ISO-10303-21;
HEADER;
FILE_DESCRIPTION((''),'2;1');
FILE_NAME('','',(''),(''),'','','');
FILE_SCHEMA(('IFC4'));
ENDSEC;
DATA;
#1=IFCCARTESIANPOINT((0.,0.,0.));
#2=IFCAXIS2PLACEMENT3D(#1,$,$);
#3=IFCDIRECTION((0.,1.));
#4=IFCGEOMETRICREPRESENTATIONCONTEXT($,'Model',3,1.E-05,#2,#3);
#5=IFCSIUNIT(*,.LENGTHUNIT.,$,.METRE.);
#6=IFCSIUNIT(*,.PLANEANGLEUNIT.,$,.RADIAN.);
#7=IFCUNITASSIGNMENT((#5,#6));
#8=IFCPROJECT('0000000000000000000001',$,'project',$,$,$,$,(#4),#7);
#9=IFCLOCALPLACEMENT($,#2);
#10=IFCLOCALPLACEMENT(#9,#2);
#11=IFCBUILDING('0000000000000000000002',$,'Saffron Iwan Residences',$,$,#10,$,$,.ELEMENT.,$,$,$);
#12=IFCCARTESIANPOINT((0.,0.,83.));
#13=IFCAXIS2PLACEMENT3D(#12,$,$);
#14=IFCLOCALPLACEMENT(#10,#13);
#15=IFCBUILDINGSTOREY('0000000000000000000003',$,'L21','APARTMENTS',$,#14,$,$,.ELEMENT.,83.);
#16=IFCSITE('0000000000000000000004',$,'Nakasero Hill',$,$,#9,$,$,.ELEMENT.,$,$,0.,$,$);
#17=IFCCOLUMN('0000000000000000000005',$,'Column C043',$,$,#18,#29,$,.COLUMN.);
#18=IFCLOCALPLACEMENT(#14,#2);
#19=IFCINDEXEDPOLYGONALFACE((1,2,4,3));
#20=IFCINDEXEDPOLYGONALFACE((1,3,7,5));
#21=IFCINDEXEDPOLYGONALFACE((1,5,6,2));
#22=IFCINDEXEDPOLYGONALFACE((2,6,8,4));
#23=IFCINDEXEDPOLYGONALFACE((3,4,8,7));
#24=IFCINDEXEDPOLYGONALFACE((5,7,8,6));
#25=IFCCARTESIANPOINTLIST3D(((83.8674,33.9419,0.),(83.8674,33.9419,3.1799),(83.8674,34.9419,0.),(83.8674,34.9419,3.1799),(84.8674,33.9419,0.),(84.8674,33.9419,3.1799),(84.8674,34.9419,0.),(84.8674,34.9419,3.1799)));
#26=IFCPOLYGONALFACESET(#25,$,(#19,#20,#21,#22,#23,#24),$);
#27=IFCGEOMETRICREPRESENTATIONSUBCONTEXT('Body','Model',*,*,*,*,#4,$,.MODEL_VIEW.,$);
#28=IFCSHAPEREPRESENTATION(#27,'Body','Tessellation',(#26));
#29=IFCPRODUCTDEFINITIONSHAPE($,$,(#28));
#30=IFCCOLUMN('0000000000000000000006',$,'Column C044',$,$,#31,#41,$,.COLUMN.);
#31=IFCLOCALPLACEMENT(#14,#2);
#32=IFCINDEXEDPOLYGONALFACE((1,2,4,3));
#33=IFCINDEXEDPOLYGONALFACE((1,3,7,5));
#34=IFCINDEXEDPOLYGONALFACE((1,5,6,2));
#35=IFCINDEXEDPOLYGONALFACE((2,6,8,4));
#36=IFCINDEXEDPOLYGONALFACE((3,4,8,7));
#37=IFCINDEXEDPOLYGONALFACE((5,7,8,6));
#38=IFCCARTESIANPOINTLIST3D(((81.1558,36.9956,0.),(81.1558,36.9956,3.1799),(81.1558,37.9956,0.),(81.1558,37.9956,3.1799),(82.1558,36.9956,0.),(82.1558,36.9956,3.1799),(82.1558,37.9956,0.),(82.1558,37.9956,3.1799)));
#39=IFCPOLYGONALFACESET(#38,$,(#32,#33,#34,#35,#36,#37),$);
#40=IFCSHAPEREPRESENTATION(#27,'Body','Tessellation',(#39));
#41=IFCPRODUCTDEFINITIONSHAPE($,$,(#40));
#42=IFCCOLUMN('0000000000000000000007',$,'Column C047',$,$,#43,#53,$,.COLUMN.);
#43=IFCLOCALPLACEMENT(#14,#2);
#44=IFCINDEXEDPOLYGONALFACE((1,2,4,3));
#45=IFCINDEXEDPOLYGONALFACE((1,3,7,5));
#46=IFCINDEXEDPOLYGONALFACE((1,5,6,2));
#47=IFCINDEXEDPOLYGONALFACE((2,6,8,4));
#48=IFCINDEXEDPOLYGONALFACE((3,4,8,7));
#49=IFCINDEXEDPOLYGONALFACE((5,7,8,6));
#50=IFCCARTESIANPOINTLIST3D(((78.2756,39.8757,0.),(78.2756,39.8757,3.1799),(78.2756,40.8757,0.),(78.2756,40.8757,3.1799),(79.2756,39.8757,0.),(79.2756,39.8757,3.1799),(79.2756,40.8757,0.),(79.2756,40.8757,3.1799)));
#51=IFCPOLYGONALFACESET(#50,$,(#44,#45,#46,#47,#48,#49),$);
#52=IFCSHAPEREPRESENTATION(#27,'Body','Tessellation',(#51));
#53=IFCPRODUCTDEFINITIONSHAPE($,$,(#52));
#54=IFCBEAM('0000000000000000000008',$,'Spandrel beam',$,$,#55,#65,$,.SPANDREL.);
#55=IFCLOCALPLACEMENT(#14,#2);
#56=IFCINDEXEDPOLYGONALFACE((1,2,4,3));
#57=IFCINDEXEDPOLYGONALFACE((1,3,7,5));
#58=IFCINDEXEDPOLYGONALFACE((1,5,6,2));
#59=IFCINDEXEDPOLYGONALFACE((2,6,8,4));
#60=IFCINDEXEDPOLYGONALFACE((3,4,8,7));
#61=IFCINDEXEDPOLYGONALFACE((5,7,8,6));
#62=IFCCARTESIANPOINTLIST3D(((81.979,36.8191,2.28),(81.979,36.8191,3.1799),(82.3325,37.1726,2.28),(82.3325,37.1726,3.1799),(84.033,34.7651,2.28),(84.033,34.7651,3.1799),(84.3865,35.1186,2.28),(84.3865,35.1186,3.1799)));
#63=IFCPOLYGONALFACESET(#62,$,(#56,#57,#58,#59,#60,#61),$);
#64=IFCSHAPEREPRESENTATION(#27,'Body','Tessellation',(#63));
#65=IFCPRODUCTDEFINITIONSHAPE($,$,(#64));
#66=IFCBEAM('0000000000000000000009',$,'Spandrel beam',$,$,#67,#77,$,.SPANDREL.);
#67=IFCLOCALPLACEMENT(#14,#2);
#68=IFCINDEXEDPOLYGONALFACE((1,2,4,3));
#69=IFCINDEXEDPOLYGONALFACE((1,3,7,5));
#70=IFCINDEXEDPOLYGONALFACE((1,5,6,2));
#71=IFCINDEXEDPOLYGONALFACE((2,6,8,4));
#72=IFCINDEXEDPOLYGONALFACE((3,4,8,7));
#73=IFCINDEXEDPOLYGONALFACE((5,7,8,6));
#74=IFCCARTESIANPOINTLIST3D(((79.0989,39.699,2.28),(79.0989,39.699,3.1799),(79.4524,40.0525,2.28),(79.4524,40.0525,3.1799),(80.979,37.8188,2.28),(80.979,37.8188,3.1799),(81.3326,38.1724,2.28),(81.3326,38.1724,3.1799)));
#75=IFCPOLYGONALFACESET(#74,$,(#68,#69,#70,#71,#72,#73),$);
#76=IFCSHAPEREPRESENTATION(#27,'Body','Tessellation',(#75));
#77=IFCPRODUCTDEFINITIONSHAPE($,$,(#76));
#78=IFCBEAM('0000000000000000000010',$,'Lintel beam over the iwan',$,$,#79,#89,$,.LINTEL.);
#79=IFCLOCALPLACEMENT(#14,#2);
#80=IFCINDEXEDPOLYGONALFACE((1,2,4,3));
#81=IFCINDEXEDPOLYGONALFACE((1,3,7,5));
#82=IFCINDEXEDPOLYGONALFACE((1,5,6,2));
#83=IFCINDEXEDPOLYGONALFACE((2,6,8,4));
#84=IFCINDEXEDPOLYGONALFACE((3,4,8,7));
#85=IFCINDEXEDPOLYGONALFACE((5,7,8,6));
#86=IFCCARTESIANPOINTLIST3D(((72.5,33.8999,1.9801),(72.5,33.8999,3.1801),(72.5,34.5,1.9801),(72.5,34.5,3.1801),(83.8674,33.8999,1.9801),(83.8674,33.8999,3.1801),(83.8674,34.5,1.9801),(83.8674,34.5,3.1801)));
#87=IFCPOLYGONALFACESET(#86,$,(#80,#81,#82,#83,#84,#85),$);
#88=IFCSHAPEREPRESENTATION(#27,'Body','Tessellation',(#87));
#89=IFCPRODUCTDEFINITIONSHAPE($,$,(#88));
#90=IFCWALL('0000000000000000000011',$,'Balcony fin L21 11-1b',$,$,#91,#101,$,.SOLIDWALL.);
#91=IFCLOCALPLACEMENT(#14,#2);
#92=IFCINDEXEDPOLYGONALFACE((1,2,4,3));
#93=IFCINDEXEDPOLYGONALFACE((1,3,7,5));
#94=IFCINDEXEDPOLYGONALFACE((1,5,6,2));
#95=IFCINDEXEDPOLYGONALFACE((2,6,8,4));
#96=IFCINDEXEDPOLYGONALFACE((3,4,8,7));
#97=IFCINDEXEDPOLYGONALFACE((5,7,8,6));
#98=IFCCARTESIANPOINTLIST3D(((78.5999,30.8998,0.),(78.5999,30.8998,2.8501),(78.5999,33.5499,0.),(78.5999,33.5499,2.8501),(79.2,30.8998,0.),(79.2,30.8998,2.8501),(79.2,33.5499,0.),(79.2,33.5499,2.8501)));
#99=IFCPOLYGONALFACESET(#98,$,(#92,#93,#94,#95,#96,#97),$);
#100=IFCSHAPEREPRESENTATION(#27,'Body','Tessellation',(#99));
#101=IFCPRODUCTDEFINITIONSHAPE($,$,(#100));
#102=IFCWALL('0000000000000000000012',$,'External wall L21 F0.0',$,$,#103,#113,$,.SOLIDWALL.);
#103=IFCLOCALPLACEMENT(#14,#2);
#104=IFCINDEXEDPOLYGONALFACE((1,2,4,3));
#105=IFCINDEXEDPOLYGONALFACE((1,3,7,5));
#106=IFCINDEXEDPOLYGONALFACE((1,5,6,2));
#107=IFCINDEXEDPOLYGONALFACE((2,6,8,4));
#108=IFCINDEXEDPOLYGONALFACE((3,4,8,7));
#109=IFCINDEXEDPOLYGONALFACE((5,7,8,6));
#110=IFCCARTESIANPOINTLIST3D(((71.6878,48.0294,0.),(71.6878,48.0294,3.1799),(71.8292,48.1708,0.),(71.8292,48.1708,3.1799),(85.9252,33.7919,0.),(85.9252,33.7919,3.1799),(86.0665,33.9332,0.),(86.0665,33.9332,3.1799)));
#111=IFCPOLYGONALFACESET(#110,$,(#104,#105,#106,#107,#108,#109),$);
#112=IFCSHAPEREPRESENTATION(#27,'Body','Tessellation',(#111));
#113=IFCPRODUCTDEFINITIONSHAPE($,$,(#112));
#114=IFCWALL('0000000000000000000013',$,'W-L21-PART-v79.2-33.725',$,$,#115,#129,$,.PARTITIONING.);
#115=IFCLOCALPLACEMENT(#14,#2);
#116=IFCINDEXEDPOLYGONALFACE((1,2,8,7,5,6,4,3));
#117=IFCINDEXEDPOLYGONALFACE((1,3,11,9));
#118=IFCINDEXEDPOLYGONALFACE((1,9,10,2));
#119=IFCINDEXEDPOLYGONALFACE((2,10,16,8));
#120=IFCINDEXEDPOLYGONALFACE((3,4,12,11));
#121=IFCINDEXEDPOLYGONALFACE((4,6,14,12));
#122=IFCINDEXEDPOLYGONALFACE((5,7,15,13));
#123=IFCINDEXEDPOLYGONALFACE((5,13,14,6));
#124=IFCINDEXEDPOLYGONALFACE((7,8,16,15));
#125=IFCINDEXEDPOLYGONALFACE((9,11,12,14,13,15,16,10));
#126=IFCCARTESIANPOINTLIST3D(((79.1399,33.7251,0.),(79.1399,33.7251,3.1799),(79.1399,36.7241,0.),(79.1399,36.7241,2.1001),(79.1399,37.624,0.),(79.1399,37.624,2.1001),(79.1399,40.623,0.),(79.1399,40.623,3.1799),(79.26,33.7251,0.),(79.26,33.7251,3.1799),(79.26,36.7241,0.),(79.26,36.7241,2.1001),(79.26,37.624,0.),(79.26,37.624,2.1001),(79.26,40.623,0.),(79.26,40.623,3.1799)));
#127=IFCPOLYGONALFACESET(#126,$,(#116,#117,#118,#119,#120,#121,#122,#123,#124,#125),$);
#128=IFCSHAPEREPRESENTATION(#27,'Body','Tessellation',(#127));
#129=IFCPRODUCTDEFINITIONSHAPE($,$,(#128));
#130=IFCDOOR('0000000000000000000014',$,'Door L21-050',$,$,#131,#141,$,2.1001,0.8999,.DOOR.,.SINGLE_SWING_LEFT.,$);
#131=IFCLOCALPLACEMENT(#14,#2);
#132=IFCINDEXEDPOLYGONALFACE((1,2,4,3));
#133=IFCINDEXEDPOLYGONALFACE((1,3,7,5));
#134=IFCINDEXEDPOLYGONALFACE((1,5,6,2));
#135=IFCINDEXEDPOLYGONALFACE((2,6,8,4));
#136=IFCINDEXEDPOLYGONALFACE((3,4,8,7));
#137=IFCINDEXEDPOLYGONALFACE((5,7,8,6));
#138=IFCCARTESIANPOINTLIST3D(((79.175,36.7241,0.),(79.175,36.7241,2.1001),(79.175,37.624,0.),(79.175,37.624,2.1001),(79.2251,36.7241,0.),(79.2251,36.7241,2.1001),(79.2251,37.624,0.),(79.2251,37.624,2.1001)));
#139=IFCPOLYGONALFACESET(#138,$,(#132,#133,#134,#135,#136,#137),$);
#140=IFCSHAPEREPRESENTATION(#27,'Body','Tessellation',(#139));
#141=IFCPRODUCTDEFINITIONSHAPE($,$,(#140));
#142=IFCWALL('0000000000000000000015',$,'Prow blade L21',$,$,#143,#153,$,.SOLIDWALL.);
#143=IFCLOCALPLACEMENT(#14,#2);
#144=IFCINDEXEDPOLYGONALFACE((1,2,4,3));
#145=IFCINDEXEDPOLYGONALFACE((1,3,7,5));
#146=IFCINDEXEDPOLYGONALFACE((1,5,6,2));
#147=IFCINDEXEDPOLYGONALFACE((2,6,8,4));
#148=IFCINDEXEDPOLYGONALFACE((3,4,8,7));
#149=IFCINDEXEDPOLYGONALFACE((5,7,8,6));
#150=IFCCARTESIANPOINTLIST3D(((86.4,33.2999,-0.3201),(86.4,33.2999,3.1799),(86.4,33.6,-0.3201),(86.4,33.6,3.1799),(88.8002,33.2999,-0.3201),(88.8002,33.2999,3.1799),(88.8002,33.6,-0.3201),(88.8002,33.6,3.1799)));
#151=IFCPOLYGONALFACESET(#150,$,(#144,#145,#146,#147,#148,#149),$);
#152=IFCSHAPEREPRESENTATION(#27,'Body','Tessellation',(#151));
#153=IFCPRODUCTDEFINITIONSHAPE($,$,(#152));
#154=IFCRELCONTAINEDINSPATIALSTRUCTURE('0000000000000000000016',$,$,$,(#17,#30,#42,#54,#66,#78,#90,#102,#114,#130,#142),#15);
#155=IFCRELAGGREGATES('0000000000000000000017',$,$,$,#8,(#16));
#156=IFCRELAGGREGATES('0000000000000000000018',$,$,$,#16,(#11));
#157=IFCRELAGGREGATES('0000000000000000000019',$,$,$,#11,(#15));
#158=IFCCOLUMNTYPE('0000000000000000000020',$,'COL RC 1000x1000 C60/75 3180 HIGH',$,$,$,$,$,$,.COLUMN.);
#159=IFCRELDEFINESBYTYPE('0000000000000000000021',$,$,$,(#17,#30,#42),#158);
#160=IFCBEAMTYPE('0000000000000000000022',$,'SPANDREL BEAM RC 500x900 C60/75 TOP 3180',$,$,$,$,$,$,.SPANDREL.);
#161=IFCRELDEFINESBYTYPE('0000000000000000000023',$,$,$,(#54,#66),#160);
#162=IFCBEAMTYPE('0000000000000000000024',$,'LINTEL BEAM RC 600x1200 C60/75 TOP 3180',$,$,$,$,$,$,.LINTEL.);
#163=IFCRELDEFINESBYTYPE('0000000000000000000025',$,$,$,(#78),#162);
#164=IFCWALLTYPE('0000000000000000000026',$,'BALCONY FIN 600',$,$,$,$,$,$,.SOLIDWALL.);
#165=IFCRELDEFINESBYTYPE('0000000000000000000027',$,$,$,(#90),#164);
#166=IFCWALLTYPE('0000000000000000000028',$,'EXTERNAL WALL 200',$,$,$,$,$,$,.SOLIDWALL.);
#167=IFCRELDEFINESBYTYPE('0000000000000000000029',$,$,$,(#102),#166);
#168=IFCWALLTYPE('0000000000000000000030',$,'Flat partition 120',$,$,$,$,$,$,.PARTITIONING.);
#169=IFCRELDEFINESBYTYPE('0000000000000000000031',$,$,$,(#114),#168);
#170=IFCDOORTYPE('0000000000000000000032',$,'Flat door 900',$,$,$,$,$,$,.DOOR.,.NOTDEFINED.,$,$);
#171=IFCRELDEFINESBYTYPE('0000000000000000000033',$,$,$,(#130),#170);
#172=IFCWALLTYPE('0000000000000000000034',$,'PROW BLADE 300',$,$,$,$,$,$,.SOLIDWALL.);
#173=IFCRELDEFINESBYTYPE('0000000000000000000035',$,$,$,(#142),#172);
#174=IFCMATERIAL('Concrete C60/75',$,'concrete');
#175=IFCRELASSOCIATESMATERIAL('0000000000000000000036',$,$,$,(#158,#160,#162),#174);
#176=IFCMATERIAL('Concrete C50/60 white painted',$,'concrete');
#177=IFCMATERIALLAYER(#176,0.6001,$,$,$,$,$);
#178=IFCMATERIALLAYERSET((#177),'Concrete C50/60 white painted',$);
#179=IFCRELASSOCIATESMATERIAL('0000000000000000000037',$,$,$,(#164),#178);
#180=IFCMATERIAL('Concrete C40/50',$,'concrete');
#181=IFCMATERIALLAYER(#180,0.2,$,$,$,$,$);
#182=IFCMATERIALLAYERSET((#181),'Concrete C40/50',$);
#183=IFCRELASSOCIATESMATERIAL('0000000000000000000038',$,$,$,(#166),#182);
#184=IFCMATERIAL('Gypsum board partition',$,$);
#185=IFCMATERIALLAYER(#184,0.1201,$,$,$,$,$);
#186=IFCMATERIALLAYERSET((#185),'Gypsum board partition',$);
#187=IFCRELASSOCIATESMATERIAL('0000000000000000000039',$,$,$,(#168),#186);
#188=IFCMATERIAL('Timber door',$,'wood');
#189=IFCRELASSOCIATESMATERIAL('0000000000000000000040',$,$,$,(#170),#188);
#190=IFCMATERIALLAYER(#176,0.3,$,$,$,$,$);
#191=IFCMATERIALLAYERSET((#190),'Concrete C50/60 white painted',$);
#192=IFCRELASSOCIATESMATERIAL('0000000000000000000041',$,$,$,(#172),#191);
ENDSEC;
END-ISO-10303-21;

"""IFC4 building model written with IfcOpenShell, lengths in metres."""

from ifc_helpers import new_model, si_unit, direction, frame, frame_2d, origin, origin_2d, place, context, subcontext, project, spatial, rectangle, extrude, source, transform, mapped, material, layer, layer_set, material_profile, profile_set, type_object, element, fill, save


model = new_model("IFC4")

# Units and contexts
model_context = context("Model", 3, precision=1e-05, world=origin(), true_north=direction((0.0, 1.0)))
body_context = subcontext(model_context, "Body", "Model", "MODEL_VIEW")
ifc_project = project(units=[si_unit("LENGTHUNIT", "METRE"), si_unit("PLANEANGLEUNIT", "RADIAN")], contexts=[model_context])

# Site, building, storey
site_placement = place(None, origin())
site = spatial("IfcSite", under=ifc_project, at=site_placement, Name="Nakasero Hill", CompositionType="ELEMENT", RefElevation=0.0)
building_placement = place(site_placement, origin())
building = spatial("IfcBuilding", under=site, at=building_placement, Name="Saffron Iwan Residences", CompositionType="ELEMENT")
storey_placement = place(building_placement, frame((0.0, 0.0, 83.0)))
storey = spatial("IfcBuildingStorey", under=building, at=storey_placement, Name="L21", Description="APARTMENTS", CompositionType="ELEMENT", Elevation=83.0)

# Columns
ifc_material_1 = material(Name="Concrete C60/75", Category="concrete")
ifc_material_profile_1 = material_profile(ifc_material_1, rectangle(XDim=1.0, YDim=1.0, at=origin_2d()), Name="RC 1000x1000")
ifc_profile_set_1 = profile_set([ifc_material_profile_1], Name="Concrete C60/75")
column_type = type_object("IfcColumnType", Name="COL RC 1000x1000 C60/75 3180 HIGH", PredefinedType="COLUMN", material=ifc_profile_set_1)
shared_shape_1 = source(origin(), body_context, "Body", "SweptSolid", [
    extrude(rectangle(XDim=1.0, YDim=1.0, at=origin_2d()), origin(), (0.0, 0.0, 1.0), 3.1799),
])
for number, where, z_axis, x_axis, name in (
    (1, (84.3674, 34.4419, 0.0), (0.0, 0.0, 1.0), (1.0, 0.0, 0.0), "Column C043"),
    (2, (81.6558, 37.4956, 0.0), (0.0, 0.0, 1.0), (1.0, 0.0, 0.0), "Column C044"),
    (3, (78.7756, 40.3757, 0.0), (0.0, 0.0, 1.0), (1.0, 0.0, 0.0), "Column C047"),
):
    element("IfcColumn", number, at=place(storey_placement, frame(where, z_axis=z_axis, x_axis=x_axis)), inside=storey, type_object=column_type, Name=name, PredefinedType="COLUMN", context=body_context, shape_type="MappedRepresentation", body=[
        mapped(shared_shape_1, transform((0.0, 0.0, 0.0))),
    ])

# Beams
ifc_material_profile_2 = material_profile(ifc_material_1, rectangle(XDim=0.5, YDim=0.8999, at=origin_2d()), Name="RC 500x900")
ifc_profile_set_2 = profile_set([ifc_material_profile_2], Name="Concrete C60/75")
beam_type_1 = type_object("IfcBeamType", Name="SPANDREL BEAM RC 500x900 C60/75 TOP 3180", PredefinedType="SPANDREL", material=ifc_profile_set_2)
shared_shape_2 = source(origin(), body_context, "Body", "SweptSolid", [
    extrude(rectangle(XDim=0.5, YDim=0.8999, at=origin_2d()), origin(), (0.0, 0.0, 1.0), 2.9048),
])
beam_1_placement = place(storey_placement, frame((82.1558, 36.9958, 2.73), z_axis=(0.707107, -0.707107, 0.0), x_axis=(0.707107, 0.707107, 0.0)))
element("IfcBeam", 4, at=beam_1_placement, inside=storey, type_object=beam_type_1, Name="Spandrel beam", PredefinedType="SPANDREL", context=body_context, shape_type="MappedRepresentation", body=[
    mapped(shared_shape_2, transform((0.0, 0.0, 0.0))),
])
shared_shape_3 = source(origin(), body_context, "Body", "SweptSolid", [
    extrude(rectangle(XDim=0.5, YDim=0.8999, at=origin_2d()), origin(), (0.0, 0.0, 1.0), 2.6589),
])
beam_2_placement = place(storey_placement, frame((79.2756, 39.8757, 2.73), z_axis=(0.707107, -0.707107, 0.0), x_axis=(0.707107, 0.707107, 0.0)))
element("IfcBeam", 5, at=beam_2_placement, inside=storey, type_object=beam_type_1, Name="Spandrel beam", PredefinedType="SPANDREL", context=body_context, shape_type="MappedRepresentation", body=[
    mapped(shared_shape_3, transform((0.0, 0.0, 0.0))),
])
ifc_material_profile_3 = material_profile(ifc_material_1, rectangle(XDim=0.6001, YDim=1.2, at=origin_2d()), Name="RC 600x1200")
ifc_profile_set_3 = profile_set([ifc_material_profile_3], Name="Concrete C60/75")
beam_type_2 = type_object("IfcBeamType", Name="LINTEL BEAM RC 600x1200 C60/75 TOP 3180", PredefinedType="LINTEL", material=ifc_profile_set_3)
shared_shape_4 = source(origin(), body_context, "Body", "SweptSolid", [
    extrude(rectangle(XDim=0.6001, YDim=1.2, at=origin_2d()), origin(), (0.0, 0.0, 1.0), 11.3674),
])
beam_3_placement = place(storey_placement, frame((83.8674, 34.2, 2.5801), z_axis=(-1.0, 0.0, 0.0), x_axis=(0.0, -1.0, 0.0)))
element("IfcBeam", 6, at=beam_3_placement, inside=storey, type_object=beam_type_2, Name="Lintel beam over the iwan", PredefinedType="LINTEL", context=body_context, shape_type="MappedRepresentation", body=[
    mapped(shared_shape_4, transform((0.0, 0.0, 0.0))),
])

# Walls
ifc_material_2 = material(Name="Concrete C50/60 white painted", Category="concrete")
ifc_layer_1 = layer(ifc_material_2, 0.6001)
ifc_layer_set_1 = layer_set([ifc_layer_1], Name="Concrete C50/60 white painted")
wall_type_1 = type_object("IfcWallType", Name="BALCONY FIN 600", PredefinedType="SOLIDWALL", material=ifc_layer_set_1)
wall_1_placement = place(storey_placement, frame((78.8999, 33.55, 0.0), z_axis=(0.0, 0.0, 1.0), x_axis=(0.0, -1.0, 0.0)))
element("IfcWall", 7, at=wall_1_placement, inside=storey, type_object=wall_type_1, Name="Balcony fin L21 11-1b", PredefinedType="SOLIDWALL", context=body_context, shape_type="SweptSolid", body=[
    extrude(rectangle(XDim=2.6501, YDim=0.6001, at=frame_2d((1.3252, 0.0))), origin(), (0.0, 0.0, 1.0), 2.8501),
])
ifc_material_3 = material(Name="Concrete C40/50", Category="concrete")
ifc_layer_2 = layer(ifc_material_3, 0.2)
ifc_layer_set_2 = layer_set([ifc_layer_2], Name="Concrete C40/50")
wall_type_2 = type_object("IfcWallType", Name="EXTERNAL WALL 200", PredefinedType="SOLIDWALL", material=ifc_layer_set_2)
wall_2_placement = place(storey_placement, frame((85.9958, 33.8625, 0.0), z_axis=(0.0, 0.0, 1.0), x_axis=(-0.707101, 0.707113, 0.0)))
element("IfcWall", 8, at=wall_2_placement, inside=storey, type_object=wall_type_2, Name="External wall L21 F0.0", PredefinedType="SOLIDWALL", context=body_context, shape_type="SweptSolid", body=[
    extrude(rectangle(XDim=20.1348, YDim=0.2, at=frame_2d((10.0674, 0.0))), origin(), (0.0, 0.0, 1.0), 3.1799),
])

# Wall, opening, door
ifc_material_4 = material(Name="Gypsum board partition")
ifc_layer_3 = layer(ifc_material_4, 0.1201)
ifc_layer_set_3 = layer_set([ifc_layer_3], Name="Gypsum board partition")
wall_type_3 = type_object("IfcWallType", Name="Flat partition 120", PredefinedType="PARTITIONING", material=ifc_layer_set_3)
wall_3_placement = place(storey_placement, frame((79.2, 33.7251, 0.0), z_axis=(0.0, 0.0, 1.0), x_axis=(0.0, 1.0, 0.0)))
wall_3 = element("IfcWall", 9, at=wall_3_placement, inside=storey, type_object=wall_type_3, Name="W-L21-PART-v79.2-33.725", PredefinedType="PARTITIONING", context=body_context, shape_type="SweptSolid", body=[
    extrude(rectangle(XDim=6.8979, YDim=0.1201, at=frame_2d((3.449, 0.0))), origin(), (0.0, 0.0, 1.0), 3.1799),
])
opening_placement = place(wall_3_placement, frame((2.999, 0.0, 0.0)))
opening = element("IfcOpeningElement", 10, at=opening_placement, cuts=wall_3, PredefinedType="OPENING", context=body_context, shape_type="SweptSolid", body=[
    extrude(rectangle(XDim=0.8999, YDim=2.1001, at=frame_2d((0.45, 1.05))), frame((0.0, 0.0701, 0.0), z_axis=(0.0, -1.0, 0.0), x_axis=(1.0, 0.0, 0.0)), (0.0, 0.0, 1.0), 0.1401),
])
ifc_material_5 = material(Name="Timber door", Category="wood")
door_type = type_object("IfcDoorType", Name="Flat door 900", OperationType="NOTDEFINED", PredefinedType="DOOR", material=ifc_material_5)
door_placement = place(opening_placement, origin())
door = element("IfcDoor", 11, at=door_placement, inside=storey, type_object=door_type, Name="Door L21-050", OperationType="SINGLE_SWING_LEFT", OverallHeight=2.1001, OverallWidth=0.8999, PredefinedType="DOOR", context=body_context, shape_type="SweptSolid", body=[
    extrude(rectangle(XDim=0.8999, YDim=2.1001, at=frame_2d((0.45, 1.05))), frame((0.0, 0.0249, 0.0), z_axis=(0.0, -1.0, 0.0), x_axis=(1.0, 0.0, 0.0)), (0.0, 0.0, 1.0), 0.05),
])
fill(opening, door)

# Wall
ifc_layer_4 = layer(ifc_material_2, 0.3)
ifc_layer_set_4 = layer_set([ifc_layer_4], Name="Concrete C50/60 white painted")
wall_type_4 = type_object("IfcWallType", Name="PROW BLADE 300", PredefinedType="SOLIDWALL", material=ifc_layer_set_4)
wall_4_placement = place(storey_placement, frame((86.3999, 33.45, -0.3201), z_axis=(0.0, 0.0, 1.0), x_axis=(1.0, 0.0, 0.0)))
element("IfcWall", 12, at=wall_4_placement, inside=storey, type_object=wall_type_4, Name="Prow blade L21", PredefinedType="SOLIDWALL", context=body_context, shape_type="SweptSolid", body=[
    extrude(rectangle(XDim=2.4001, YDim=0.3, at=frame_2d((1.2002, 0.0))), origin(), (0.0, 0.0, 1.0), 3.5),
])

save(model, "model.ifc")
